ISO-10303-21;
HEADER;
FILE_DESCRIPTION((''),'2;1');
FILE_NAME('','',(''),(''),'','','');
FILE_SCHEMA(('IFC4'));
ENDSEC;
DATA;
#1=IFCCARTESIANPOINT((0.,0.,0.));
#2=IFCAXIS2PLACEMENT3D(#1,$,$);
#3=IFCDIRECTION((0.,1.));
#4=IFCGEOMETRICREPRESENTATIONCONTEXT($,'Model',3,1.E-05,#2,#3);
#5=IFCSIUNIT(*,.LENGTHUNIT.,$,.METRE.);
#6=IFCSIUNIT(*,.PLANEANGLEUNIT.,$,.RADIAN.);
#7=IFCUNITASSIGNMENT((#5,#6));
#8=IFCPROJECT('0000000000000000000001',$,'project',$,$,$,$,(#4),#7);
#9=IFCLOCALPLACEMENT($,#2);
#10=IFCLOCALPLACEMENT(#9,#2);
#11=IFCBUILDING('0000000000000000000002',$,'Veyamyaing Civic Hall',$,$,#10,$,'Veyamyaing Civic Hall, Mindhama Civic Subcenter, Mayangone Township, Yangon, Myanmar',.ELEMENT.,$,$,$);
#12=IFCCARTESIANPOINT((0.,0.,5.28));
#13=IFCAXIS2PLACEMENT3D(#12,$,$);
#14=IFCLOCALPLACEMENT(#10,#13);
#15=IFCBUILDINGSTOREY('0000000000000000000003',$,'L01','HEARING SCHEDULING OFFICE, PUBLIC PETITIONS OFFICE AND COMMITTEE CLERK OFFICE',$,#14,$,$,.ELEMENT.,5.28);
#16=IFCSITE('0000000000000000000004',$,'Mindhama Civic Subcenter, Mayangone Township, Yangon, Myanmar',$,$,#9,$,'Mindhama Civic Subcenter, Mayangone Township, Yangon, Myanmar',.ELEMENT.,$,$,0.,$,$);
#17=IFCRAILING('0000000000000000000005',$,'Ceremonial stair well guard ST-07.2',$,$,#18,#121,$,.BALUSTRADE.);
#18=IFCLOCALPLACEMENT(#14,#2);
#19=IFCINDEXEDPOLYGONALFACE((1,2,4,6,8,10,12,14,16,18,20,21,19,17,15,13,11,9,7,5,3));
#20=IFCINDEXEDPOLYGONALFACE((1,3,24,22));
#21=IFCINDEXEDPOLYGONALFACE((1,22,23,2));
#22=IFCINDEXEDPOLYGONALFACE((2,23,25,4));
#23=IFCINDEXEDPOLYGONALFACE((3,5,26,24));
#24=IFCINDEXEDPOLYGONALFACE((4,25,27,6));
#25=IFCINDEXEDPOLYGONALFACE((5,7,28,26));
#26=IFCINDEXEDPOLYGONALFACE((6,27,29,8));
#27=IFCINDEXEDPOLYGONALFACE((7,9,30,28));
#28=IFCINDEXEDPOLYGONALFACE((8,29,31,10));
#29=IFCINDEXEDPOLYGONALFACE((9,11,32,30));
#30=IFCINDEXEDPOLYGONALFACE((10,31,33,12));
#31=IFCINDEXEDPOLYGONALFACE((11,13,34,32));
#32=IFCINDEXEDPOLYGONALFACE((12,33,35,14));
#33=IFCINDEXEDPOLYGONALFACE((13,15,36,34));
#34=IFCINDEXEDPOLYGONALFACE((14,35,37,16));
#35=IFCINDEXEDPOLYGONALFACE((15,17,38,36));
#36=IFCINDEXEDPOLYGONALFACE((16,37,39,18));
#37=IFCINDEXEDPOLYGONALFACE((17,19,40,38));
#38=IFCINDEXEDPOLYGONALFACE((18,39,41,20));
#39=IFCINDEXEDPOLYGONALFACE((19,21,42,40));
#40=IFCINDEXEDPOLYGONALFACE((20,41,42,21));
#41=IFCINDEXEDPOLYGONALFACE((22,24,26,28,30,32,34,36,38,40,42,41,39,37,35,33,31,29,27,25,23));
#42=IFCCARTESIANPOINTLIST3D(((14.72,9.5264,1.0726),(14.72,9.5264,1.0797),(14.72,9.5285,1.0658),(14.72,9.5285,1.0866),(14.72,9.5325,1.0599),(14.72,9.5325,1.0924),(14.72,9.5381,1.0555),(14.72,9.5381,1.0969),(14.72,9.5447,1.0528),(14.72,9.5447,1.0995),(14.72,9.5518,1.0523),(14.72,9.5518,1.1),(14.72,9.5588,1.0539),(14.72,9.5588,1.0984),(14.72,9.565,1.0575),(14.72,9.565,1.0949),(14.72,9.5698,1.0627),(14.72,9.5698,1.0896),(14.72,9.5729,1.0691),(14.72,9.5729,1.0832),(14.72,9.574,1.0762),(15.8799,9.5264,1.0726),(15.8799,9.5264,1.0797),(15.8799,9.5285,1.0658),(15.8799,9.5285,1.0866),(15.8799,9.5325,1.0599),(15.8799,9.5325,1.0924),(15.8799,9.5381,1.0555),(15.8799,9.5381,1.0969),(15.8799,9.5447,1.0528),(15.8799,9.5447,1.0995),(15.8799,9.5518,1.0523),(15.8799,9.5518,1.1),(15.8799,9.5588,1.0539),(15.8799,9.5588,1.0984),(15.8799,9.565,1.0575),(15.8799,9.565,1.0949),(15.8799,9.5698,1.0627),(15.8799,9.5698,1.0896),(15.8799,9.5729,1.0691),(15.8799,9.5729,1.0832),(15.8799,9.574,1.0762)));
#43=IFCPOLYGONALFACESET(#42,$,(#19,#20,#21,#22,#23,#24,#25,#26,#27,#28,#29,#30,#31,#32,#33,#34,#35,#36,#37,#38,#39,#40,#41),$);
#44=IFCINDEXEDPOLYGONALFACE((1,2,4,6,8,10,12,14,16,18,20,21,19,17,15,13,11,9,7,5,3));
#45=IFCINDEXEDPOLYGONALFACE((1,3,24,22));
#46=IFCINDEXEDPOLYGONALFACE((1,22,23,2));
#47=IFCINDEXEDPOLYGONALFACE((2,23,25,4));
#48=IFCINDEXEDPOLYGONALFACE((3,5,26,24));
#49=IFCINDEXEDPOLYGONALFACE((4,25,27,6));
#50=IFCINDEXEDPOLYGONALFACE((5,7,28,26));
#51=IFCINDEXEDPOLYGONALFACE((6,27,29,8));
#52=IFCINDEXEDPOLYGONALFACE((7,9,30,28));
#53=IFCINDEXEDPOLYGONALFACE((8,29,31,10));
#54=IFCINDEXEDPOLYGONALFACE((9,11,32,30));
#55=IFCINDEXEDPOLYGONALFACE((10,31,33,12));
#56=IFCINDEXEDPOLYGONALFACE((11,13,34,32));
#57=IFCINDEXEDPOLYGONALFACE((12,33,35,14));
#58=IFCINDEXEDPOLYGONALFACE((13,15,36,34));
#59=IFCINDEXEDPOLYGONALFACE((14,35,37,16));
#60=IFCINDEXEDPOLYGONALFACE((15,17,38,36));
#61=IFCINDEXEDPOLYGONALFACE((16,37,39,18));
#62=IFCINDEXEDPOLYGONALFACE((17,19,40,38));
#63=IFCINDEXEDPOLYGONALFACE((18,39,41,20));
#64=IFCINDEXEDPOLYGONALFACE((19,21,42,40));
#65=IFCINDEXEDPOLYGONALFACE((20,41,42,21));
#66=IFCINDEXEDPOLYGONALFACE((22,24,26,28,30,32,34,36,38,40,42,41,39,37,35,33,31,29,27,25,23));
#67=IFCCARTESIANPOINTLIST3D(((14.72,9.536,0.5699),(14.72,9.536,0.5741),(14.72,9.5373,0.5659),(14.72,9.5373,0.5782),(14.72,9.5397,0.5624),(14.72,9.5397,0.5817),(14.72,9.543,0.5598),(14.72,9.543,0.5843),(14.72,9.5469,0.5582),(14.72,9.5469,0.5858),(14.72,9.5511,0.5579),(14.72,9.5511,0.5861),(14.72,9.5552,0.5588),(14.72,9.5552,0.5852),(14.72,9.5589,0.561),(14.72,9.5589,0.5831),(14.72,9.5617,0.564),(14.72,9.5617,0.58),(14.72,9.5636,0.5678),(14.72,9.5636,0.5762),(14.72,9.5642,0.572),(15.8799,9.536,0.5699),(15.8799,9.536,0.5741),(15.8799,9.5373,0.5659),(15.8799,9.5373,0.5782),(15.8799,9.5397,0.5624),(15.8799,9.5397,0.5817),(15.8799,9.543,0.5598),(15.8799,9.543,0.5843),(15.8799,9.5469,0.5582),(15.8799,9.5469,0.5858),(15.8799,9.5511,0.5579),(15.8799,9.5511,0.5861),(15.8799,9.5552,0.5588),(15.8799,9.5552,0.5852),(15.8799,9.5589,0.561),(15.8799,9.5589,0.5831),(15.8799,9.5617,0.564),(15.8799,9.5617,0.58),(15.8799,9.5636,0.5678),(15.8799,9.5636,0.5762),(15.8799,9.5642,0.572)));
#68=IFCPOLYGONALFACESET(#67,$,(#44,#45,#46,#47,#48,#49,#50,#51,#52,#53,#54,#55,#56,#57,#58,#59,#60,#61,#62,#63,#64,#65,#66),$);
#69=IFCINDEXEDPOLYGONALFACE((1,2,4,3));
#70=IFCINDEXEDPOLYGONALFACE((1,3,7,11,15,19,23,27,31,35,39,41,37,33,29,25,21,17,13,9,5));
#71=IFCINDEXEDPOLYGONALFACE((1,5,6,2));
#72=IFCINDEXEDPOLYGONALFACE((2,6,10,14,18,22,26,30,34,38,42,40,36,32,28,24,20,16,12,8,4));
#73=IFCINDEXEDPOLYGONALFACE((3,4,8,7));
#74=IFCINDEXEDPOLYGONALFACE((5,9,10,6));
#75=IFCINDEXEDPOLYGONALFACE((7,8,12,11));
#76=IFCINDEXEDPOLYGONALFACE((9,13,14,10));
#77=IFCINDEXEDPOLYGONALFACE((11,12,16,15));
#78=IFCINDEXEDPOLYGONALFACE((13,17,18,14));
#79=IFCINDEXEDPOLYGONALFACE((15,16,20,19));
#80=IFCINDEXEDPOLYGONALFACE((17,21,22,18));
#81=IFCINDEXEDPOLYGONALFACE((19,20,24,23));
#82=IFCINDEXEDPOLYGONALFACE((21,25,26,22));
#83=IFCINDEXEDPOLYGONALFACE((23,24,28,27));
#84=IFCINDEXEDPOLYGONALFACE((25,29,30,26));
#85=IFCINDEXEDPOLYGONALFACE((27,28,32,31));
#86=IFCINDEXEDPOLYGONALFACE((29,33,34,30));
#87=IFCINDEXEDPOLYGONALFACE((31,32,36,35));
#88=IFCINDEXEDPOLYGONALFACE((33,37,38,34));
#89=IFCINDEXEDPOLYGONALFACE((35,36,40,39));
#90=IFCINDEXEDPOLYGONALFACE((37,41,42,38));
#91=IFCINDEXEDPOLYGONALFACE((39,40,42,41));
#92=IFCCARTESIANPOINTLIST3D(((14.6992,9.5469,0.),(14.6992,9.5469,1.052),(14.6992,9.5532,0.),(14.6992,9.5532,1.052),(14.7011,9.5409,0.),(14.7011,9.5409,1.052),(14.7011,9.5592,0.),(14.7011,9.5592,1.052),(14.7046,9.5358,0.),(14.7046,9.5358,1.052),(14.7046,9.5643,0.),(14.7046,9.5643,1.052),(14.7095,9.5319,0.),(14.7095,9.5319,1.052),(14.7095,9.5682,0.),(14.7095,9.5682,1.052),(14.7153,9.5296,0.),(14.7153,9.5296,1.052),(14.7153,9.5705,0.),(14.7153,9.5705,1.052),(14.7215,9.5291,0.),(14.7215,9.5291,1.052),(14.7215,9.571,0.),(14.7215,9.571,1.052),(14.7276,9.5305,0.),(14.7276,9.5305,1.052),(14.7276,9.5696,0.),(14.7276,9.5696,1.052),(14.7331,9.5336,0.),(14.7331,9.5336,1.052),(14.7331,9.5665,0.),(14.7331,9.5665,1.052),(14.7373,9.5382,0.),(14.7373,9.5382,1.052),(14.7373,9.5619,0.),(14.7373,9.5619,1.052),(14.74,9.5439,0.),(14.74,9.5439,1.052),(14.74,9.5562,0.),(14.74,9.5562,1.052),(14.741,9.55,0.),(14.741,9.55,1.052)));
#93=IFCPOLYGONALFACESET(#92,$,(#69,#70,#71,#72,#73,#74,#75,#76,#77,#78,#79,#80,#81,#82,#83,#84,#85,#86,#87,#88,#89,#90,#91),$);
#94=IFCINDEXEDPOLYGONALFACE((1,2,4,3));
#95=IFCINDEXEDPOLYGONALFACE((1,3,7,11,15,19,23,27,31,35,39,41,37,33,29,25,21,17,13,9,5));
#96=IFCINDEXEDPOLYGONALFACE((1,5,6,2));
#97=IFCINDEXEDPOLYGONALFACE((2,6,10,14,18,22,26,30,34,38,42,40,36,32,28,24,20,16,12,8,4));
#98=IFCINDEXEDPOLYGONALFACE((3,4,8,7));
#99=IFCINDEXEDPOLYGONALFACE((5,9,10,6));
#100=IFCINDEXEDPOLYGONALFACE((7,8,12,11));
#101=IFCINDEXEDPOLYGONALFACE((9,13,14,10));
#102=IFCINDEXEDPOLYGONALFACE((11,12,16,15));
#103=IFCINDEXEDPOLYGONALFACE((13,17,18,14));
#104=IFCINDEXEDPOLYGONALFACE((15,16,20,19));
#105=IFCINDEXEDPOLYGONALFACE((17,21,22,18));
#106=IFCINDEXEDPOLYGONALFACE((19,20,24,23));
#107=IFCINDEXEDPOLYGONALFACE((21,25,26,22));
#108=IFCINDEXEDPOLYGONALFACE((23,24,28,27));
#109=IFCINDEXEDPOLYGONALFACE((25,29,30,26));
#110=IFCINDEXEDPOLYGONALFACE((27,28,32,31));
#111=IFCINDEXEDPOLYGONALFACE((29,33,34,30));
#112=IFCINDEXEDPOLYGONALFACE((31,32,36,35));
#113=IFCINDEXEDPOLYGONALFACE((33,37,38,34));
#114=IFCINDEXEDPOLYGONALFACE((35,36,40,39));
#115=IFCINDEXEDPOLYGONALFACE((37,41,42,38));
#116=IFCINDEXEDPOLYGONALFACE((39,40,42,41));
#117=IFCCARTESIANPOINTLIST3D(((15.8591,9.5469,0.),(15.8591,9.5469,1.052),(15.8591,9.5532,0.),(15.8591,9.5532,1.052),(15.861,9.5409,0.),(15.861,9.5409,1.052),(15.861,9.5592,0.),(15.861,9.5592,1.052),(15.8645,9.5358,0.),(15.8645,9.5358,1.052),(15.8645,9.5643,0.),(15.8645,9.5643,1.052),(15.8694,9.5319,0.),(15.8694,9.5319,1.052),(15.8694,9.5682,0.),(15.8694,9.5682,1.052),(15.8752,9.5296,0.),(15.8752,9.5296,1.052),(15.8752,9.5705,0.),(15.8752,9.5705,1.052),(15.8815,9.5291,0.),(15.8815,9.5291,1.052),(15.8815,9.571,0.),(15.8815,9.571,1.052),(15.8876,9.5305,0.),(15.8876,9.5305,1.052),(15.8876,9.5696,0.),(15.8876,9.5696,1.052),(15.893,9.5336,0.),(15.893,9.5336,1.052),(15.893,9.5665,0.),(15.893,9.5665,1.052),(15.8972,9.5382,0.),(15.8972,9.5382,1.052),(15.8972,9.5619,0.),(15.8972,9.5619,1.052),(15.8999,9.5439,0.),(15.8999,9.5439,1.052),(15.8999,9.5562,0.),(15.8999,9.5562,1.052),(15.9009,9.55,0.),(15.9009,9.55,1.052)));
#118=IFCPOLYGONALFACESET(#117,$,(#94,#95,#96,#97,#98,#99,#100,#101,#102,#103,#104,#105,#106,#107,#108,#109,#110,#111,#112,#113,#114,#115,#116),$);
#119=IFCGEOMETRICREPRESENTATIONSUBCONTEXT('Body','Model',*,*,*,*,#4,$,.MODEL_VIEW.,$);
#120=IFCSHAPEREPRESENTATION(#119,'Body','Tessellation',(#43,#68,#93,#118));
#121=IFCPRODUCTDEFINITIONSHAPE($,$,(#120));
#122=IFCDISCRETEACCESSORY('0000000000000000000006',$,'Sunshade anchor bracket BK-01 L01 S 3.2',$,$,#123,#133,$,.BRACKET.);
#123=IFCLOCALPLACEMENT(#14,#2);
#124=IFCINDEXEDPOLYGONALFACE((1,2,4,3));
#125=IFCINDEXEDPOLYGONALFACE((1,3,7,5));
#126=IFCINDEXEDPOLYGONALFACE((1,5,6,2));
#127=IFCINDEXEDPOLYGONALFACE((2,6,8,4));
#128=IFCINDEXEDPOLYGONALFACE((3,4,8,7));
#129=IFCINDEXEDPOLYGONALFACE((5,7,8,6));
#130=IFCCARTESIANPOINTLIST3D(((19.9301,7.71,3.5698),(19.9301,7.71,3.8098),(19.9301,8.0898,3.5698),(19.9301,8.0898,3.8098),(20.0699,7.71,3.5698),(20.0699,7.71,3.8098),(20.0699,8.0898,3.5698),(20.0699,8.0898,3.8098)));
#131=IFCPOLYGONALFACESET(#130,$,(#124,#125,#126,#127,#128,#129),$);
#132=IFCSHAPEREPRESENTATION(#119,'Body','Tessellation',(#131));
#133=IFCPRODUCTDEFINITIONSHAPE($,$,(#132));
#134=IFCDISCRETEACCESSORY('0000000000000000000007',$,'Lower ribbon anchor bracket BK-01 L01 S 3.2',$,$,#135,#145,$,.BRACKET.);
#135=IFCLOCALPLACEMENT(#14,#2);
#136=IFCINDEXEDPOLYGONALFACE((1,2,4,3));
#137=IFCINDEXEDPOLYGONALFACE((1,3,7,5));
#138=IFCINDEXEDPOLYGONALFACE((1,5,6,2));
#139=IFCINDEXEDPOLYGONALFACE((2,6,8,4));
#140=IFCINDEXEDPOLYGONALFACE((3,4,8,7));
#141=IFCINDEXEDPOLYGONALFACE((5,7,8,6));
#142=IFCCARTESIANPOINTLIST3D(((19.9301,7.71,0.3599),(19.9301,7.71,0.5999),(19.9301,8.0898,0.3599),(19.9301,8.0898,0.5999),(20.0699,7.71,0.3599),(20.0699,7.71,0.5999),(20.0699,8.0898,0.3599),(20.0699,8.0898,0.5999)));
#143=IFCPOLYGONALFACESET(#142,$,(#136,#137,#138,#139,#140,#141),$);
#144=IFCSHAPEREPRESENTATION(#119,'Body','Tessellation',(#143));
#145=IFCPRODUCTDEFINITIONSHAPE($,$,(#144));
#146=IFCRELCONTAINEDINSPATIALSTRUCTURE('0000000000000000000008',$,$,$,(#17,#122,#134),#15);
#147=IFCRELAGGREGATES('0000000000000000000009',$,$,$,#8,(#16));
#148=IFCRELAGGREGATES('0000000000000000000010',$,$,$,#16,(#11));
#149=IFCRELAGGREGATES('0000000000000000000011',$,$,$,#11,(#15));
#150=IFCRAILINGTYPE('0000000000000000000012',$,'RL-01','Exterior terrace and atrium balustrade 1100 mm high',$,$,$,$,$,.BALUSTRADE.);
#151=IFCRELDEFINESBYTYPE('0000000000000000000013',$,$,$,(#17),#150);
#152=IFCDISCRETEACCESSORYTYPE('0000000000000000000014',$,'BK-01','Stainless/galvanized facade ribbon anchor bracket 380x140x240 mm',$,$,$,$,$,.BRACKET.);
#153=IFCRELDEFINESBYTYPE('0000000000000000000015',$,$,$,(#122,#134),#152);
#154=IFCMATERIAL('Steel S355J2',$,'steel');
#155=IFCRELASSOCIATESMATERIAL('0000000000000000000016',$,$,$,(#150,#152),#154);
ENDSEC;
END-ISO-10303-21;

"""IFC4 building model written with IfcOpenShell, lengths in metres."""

from ifc_helpers import new_model, si_unit, direction, frame, origin, origin_2d, place, context, subcontext, project, spatial, rectangle, circle, extrude, material, type_object, element, save


model = new_model("IFC4")

# Units and contexts
model_context = context("Model", 3, precision=1e-05, world=origin(), true_north=direction((0.0, 1.0)))
body_context = subcontext(model_context, "Body", "Model", "MODEL_VIEW")
ifc_project = project(units=[si_unit("LENGTHUNIT", "METRE"), si_unit("PLANEANGLEUNIT", "RADIAN")], contexts=[model_context])

# Site, building, storey
site_placement = place(None, origin())
site = spatial("IfcSite", under=ifc_project, at=site_placement, Name="Mindhama Civic Subcenter, Mayangone Township, Yangon, Myanmar", LongName="Mindhama Civic Subcenter, Mayangone Township, Yangon, Myanmar", CompositionType="ELEMENT", RefElevation=0.0)
building_placement = place(site_placement, origin())
building = spatial("IfcBuilding", under=site, at=building_placement, Name="Veyamyaing Civic Hall", LongName="Veyamyaing Civic Hall, Mindhama Civic Subcenter, Mayangone Township, Yangon, Myanmar", CompositionType="ELEMENT")
storey_placement = place(building_placement, frame((0.0, 0.0, 5.28)))
storey = spatial("IfcBuildingStorey", under=building, at=storey_placement, Name="L01", Description="HEARING SCHEDULING OFFICE, PUBLIC PETITIONS OFFICE AND COMMITTEE CLERK OFFICE", CompositionType="ELEMENT", Elevation=5.28)

# Railing
ifc_material_1 = material(Name="Steel S355J2", Category="steel")
railing_type = type_object("IfcRailingType", Name="RL-01", Description="Exterior terrace and atrium balustrade 1100 mm high", PredefinedType="BALUSTRADE", material=ifc_material_1)
railing_1_placement = place(storey_placement, frame((14.72, 9.55, 0.0)))
element("IfcRailing", 1, at=railing_1_placement, inside=storey, type_object=railing_type, Name="Ceremonial stair well guard ST-07.2", PredefinedType="BALUSTRADE", context=body_context, shape_type="SweptSolid", body=[
    extrude(circle(Radius=0.0239, at=origin_2d()), frame((0.0, 0.0, 1.0762), z_axis=(1.0, 0.0, 0.0), x_axis=(0.0, 1.0, 0.0)), (0.0, 0.0, 1.0), 1.1599),
    extrude(circle(Radius=0.0142, at=origin_2d()), frame((0.0, 0.0, 0.572), z_axis=(1.0, 0.0, 0.0), x_axis=(0.0, 1.0, 0.0)), (0.0, 0.0, 1.0), 1.1599),
    extrude(circle(Radius=0.021, at=origin_2d()), origin(), (0.0, 0.0, 1.0), 1.052),
    extrude(circle(Radius=0.021, at=origin_2d()), frame((1.1599, 0.0, 0.0)), (0.0, 0.0, 1.0), 1.052),
])

# Discrete accessories
discrete_accessory_type = type_object("IfcDiscreteAccessoryType", Name="BK-01", Description="Stainless/galvanized facade ribbon anchor bracket 380x140x240 mm", PredefinedType="BRACKET", material=ifc_material_1)
for number, where, z_axis, x_axis, name in (
    (2, (20.0, 7.8999, 3.5698), (0.0, 0.0, 1.0), (0.0, -1.0, 0.0), "Sunshade anchor bracket BK-01 L01 S 3.2"),
    (3, (20.0, 7.8999, 0.3599), (0.0, 0.0, 1.0), (0.0, -1.0, 0.0), "Lower ribbon anchor bracket BK-01 L01 S 3.2"),
):
    element("IfcDiscreteAccessory", number, at=place(storey_placement, frame(where, z_axis=z_axis, x_axis=x_axis)), inside=storey, type_object=discrete_accessory_type, Name=name, PredefinedType="BRACKET", context=body_context, shape_type="SweptSolid", body=[
        extrude(rectangle(XDim=0.3799, YDim=0.1399, at=origin_2d()), origin(), (0.0, 0.0, 1.0), 0.24),
    ])

save(model, "model.ifc")
